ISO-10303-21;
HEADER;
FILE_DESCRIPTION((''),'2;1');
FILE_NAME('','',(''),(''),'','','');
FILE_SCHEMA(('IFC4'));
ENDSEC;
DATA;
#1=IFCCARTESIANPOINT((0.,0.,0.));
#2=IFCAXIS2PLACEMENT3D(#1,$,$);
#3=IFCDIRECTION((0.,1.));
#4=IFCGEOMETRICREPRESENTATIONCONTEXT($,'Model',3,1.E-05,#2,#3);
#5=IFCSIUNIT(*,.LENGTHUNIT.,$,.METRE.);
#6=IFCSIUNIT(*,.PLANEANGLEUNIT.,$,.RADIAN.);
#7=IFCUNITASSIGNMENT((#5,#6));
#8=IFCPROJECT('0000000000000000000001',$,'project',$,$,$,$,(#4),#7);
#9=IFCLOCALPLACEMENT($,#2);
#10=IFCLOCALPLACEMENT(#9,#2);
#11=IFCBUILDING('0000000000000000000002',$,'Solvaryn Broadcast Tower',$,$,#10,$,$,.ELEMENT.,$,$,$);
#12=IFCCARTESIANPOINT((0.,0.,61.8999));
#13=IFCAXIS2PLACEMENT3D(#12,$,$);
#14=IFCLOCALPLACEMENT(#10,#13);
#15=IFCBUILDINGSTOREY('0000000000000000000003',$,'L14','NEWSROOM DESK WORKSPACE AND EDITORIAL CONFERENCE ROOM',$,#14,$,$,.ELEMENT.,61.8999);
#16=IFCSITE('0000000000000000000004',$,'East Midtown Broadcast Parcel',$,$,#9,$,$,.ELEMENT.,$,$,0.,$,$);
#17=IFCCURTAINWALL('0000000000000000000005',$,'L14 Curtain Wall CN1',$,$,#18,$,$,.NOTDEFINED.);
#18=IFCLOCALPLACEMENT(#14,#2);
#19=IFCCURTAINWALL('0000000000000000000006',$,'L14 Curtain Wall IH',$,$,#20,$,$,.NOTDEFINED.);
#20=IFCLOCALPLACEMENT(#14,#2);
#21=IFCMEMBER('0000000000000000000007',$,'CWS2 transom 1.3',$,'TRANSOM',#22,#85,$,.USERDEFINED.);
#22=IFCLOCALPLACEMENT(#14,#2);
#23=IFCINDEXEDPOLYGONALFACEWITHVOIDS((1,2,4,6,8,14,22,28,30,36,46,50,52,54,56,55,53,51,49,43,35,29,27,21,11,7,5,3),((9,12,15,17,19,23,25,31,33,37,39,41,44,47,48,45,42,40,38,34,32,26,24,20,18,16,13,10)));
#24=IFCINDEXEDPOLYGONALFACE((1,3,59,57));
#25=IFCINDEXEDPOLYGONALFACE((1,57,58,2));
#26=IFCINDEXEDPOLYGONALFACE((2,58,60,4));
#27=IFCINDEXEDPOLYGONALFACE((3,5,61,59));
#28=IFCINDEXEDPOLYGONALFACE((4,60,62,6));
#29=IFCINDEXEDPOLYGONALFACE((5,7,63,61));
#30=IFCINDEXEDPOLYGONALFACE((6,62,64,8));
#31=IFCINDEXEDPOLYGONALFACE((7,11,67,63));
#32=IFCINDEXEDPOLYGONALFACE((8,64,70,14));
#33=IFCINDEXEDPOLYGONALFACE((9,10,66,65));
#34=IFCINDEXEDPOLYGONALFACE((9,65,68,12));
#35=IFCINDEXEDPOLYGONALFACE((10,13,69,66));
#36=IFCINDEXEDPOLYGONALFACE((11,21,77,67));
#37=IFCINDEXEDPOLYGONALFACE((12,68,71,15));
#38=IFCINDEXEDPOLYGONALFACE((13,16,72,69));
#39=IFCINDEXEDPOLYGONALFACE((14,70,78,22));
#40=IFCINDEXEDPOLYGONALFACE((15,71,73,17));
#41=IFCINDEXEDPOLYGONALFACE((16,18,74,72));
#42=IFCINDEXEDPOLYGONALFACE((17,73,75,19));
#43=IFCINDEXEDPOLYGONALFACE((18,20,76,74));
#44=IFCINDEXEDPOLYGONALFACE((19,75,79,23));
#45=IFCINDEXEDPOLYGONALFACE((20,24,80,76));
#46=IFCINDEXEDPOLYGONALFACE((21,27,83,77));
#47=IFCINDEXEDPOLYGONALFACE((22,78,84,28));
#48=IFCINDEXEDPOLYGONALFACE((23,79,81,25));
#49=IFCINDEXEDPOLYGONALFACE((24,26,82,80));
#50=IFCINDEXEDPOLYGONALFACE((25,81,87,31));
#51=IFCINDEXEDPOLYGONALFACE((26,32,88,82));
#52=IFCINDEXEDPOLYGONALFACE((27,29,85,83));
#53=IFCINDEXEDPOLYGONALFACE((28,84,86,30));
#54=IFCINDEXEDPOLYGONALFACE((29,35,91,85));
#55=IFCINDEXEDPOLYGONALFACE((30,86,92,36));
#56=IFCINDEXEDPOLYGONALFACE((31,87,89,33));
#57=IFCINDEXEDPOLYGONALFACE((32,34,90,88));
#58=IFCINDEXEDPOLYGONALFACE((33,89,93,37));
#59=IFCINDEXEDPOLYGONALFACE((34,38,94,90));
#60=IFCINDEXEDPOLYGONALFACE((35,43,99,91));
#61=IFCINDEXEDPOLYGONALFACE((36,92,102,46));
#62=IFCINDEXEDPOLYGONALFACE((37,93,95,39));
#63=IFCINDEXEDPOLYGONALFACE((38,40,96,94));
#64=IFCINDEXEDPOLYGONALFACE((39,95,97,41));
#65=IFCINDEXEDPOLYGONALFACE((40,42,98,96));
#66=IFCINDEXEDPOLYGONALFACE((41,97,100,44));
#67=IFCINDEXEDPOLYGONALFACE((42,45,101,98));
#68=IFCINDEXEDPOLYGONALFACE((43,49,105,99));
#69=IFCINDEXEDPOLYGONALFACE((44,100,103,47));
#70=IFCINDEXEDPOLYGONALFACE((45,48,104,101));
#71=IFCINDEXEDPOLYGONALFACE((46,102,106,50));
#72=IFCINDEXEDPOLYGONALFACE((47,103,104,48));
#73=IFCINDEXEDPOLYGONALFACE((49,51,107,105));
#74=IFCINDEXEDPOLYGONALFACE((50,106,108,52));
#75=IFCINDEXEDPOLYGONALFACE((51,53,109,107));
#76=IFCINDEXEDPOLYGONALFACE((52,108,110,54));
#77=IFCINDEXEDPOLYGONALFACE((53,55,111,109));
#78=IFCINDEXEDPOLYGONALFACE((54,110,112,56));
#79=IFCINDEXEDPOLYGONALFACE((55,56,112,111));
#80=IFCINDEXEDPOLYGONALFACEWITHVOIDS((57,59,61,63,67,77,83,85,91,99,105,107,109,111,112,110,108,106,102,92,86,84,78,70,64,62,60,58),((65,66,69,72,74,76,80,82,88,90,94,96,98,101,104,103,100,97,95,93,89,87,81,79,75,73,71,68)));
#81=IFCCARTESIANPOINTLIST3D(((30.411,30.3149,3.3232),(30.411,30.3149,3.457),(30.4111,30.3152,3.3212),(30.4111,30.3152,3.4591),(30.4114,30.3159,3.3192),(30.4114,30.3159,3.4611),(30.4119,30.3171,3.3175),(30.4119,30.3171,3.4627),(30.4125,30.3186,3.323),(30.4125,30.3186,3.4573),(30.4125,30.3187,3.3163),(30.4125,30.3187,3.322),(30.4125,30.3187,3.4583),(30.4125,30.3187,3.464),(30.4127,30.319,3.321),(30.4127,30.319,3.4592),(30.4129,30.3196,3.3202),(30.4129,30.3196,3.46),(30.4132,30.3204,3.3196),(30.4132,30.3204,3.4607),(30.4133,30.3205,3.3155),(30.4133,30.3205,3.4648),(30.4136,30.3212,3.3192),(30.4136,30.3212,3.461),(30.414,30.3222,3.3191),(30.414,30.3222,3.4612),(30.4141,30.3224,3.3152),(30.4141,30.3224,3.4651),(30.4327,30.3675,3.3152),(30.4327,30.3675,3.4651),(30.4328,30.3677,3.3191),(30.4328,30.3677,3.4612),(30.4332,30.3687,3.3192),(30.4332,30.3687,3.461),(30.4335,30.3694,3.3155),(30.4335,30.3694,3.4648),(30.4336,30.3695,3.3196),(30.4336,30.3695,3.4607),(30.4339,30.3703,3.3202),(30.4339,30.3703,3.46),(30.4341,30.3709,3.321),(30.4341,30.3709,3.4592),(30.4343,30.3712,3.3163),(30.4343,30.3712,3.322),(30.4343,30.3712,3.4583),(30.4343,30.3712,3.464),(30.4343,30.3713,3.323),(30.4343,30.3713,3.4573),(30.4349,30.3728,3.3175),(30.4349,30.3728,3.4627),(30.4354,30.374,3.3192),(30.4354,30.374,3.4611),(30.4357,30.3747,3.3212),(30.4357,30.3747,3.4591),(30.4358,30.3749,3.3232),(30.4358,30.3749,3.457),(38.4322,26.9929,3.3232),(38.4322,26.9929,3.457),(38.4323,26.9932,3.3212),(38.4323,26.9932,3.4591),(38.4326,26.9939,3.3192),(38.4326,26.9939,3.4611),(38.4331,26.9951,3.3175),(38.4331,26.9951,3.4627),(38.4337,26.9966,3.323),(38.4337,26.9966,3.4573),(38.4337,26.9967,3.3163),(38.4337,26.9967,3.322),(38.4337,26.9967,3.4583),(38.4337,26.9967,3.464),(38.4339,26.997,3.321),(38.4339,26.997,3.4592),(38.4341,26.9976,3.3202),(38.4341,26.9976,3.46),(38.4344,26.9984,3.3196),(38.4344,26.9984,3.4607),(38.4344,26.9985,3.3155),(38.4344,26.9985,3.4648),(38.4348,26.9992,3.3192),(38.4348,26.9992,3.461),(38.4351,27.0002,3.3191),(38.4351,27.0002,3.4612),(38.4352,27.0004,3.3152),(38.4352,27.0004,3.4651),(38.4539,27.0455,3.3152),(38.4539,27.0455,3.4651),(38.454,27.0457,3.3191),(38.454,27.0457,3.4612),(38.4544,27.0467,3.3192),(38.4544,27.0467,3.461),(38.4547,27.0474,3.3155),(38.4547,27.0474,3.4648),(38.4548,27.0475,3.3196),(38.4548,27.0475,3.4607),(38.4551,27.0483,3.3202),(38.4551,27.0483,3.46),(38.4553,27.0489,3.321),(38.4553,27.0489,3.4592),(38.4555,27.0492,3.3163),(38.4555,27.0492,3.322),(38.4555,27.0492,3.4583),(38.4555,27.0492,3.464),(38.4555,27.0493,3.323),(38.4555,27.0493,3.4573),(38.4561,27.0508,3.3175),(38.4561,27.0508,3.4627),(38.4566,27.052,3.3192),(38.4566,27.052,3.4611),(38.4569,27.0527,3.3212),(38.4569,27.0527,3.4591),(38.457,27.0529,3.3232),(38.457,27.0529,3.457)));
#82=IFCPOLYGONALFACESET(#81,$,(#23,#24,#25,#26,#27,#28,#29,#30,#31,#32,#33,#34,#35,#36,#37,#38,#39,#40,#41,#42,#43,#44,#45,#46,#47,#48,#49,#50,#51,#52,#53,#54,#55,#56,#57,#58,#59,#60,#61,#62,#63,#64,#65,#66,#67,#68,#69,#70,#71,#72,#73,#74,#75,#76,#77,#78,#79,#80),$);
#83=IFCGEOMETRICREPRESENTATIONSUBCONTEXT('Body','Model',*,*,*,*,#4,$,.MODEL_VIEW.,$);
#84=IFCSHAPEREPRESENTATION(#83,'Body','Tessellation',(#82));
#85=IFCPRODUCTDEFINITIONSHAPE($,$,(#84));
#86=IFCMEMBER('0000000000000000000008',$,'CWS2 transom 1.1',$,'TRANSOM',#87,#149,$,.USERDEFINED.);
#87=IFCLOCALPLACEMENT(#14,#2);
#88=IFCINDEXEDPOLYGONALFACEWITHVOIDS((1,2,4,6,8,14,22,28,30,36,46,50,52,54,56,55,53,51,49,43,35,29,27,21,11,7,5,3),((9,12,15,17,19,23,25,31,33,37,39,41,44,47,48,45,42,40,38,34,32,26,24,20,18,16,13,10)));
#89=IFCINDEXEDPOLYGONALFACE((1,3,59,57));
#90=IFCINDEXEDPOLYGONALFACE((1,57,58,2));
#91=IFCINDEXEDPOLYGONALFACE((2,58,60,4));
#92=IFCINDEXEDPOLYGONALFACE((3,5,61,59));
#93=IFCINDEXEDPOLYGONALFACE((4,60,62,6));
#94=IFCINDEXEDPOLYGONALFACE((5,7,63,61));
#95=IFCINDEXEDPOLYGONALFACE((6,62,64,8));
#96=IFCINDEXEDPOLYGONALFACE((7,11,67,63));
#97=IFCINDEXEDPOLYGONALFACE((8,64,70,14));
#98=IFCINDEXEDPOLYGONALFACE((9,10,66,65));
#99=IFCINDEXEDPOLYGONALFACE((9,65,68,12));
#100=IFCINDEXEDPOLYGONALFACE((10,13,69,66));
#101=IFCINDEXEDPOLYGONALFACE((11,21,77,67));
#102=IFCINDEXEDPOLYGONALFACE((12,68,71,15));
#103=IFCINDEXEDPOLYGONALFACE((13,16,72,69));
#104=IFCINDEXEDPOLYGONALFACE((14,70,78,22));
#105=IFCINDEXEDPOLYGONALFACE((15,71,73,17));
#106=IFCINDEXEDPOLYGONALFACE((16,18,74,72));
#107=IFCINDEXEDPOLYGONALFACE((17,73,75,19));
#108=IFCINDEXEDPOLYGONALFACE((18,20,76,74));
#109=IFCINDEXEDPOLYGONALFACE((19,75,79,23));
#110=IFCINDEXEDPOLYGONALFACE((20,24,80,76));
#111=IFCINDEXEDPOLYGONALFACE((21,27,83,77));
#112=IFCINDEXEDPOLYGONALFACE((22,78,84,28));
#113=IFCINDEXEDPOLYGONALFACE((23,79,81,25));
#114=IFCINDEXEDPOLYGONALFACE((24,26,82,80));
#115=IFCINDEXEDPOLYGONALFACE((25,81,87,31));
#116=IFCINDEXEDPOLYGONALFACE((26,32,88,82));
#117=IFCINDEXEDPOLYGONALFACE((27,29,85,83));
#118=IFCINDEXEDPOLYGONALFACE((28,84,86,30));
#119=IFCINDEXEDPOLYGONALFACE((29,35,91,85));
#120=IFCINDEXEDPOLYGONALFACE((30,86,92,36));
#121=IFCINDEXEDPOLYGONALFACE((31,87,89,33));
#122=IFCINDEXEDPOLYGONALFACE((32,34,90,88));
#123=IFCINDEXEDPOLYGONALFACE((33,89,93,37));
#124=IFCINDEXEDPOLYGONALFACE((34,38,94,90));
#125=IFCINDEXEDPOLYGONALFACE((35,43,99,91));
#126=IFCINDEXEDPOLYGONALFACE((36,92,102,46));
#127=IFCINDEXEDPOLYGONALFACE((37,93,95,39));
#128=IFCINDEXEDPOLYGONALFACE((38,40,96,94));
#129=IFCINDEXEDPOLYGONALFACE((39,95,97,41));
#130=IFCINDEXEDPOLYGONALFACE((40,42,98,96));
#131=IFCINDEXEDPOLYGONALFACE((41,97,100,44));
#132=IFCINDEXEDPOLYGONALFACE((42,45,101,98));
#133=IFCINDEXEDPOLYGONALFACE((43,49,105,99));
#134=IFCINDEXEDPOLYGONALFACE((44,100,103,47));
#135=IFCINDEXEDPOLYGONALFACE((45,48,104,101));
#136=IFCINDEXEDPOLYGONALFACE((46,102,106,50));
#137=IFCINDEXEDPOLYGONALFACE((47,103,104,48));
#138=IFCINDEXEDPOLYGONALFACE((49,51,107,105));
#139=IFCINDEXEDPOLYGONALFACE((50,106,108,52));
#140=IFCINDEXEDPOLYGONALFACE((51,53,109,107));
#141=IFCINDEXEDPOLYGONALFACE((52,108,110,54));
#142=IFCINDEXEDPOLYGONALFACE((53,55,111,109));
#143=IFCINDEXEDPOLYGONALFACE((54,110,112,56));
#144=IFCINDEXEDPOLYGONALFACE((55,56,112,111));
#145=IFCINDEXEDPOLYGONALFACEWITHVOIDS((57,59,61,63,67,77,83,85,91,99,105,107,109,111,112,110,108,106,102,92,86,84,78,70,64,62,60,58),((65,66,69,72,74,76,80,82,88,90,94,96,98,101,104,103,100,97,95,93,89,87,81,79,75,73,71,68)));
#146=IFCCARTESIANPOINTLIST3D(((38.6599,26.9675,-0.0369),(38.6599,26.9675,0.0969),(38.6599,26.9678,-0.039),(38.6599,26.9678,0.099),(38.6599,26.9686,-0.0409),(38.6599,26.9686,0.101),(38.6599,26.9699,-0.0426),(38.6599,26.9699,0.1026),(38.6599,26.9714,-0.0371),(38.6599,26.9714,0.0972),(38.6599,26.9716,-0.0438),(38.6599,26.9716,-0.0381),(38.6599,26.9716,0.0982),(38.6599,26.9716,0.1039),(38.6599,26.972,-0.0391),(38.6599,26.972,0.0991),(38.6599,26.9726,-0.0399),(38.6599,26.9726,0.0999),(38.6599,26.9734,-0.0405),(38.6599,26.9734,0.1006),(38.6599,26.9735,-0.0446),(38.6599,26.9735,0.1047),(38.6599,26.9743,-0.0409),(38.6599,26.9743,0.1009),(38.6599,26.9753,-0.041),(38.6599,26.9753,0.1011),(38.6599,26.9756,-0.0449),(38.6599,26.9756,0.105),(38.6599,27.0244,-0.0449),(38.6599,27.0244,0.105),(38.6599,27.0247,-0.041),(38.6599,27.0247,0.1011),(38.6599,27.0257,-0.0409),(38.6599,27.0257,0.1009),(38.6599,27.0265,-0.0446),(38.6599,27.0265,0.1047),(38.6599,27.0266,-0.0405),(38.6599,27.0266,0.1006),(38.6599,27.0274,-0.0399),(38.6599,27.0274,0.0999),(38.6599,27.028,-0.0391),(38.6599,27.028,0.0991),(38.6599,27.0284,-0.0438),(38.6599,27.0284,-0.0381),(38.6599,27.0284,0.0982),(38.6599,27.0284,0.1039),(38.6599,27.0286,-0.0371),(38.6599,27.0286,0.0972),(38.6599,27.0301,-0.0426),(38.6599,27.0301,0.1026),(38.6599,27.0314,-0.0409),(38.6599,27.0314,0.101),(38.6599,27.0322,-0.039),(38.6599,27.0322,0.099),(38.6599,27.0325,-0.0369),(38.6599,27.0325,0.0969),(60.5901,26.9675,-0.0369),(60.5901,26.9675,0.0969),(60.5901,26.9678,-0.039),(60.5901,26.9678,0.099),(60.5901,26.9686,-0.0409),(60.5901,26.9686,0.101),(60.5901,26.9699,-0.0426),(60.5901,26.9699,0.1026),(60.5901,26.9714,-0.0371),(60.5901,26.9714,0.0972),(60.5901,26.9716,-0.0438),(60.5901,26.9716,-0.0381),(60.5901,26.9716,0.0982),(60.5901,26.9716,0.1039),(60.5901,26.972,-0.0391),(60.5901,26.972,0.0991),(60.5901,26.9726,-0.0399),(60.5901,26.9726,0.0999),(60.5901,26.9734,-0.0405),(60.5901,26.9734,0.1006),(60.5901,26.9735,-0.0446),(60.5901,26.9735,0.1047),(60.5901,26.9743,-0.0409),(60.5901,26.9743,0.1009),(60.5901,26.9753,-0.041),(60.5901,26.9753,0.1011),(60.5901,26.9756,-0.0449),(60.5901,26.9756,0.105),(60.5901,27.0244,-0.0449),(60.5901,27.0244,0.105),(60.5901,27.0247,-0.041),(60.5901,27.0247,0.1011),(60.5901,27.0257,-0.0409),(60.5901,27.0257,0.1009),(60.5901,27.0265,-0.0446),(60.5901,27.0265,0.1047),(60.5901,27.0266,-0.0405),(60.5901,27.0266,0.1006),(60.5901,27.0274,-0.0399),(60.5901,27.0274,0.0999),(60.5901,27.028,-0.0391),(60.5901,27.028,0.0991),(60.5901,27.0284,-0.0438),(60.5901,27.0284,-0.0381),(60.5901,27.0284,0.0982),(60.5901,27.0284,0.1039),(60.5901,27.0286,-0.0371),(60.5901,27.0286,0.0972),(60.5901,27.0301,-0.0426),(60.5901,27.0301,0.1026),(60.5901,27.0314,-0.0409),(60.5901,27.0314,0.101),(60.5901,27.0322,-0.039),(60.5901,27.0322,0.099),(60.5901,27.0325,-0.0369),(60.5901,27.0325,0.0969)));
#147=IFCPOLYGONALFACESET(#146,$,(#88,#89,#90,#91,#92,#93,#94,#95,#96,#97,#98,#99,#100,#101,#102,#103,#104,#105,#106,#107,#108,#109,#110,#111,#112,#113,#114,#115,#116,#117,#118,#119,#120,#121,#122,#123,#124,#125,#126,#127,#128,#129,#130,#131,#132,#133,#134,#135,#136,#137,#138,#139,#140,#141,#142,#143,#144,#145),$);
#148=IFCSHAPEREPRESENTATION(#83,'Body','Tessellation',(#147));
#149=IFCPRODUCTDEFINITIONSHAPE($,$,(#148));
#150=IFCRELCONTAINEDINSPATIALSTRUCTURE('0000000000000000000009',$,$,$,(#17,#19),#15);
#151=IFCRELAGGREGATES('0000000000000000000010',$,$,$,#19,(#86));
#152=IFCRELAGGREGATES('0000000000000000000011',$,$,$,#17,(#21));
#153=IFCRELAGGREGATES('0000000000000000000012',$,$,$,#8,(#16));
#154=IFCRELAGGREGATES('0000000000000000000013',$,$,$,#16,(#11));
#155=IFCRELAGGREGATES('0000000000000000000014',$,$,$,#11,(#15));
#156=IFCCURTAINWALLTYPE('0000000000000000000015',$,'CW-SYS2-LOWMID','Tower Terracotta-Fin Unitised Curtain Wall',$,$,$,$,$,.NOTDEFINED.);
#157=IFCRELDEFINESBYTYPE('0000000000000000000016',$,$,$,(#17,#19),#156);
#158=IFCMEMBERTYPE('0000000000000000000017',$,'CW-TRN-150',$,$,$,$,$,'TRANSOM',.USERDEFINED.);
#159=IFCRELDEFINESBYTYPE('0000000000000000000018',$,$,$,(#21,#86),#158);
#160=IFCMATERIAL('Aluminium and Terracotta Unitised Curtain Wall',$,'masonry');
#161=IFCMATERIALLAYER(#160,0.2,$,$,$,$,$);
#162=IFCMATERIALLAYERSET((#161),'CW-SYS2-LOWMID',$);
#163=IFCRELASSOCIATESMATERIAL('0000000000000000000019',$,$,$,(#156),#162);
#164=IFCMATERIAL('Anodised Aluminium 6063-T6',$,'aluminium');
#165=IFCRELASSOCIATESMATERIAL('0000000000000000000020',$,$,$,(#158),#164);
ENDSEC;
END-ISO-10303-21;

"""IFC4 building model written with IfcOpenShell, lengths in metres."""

from ifc_helpers import new_model, si_unit, direction, frame, origin, origin_2d, place, context, subcontext, project, spatial, hollow_rectangle, extrude, material, layer, layer_set, material_profile, profile_set, type_object, element, aggregate, save


model = new_model("IFC4")

# Units and contexts
model_context = context("Model", 3, precision=1e-05, world=origin(), true_north=direction((0.0, 1.0)))
body_context = subcontext(model_context, "Body", "Model", "MODEL_VIEW")
ifc_project = project(units=[si_unit("LENGTHUNIT", "METRE"), si_unit("PLANEANGLEUNIT", "RADIAN")], contexts=[model_context])

# Site, building, storey
site_placement = place(None, origin())
site = spatial("IfcSite", under=ifc_project, at=site_placement, Name="East Midtown Broadcast Parcel", CompositionType="ELEMENT", RefElevation=0.0)
building_placement = place(site_placement, origin())
building = spatial("IfcBuilding", under=site, at=building_placement, Name="Solvaryn Broadcast Tower", CompositionType="ELEMENT")
storey_placement = place(building_placement, frame((0.0, 0.0, 61.8999)))
storey = spatial("IfcBuildingStorey", under=building, at=storey_placement, Name="L14", Description="NEWSROOM DESK WORKSPACE AND EDITORIAL CONFERENCE ROOM", CompositionType="ELEMENT", Elevation=61.8999)

# Curtain walls
ifc_material_1 = material(Name="Aluminium and Terracotta Unitised Curtain Wall", Category="masonry")
ifc_layer_1 = layer(ifc_material_1, 0.2)
ifc_layer_set_1 = layer_set([ifc_layer_1], Name="CW-SYS2-LOWMID")
curtain_wall_type = type_object("IfcCurtainWallType", Name="CW-SYS2-LOWMID", Description="Tower Terracotta-Fin Unitised Curtain Wall", PredefinedType="NOTDEFINED", material=ifc_layer_set_1)
curtain_wall_1_placement = place(storey_placement, origin())
curtain_wall_1 = element("IfcCurtainWall", 1, at=curtain_wall_1_placement, inside=storey, type_object=curtain_wall_type, Name="L14 Curtain Wall CN1", PredefinedType="NOTDEFINED")
curtain_wall_2_placement = place(storey_placement, origin())
curtain_wall_2 = element("IfcCurtainWall", 2, at=curtain_wall_2_placement, inside=storey, type_object=curtain_wall_type, Name="L14 Curtain Wall IH", PredefinedType="NOTDEFINED")

# Members
ifc_material_2 = material(Name="Anodised Aluminium 6063-T6", Category="aluminium")
ifc_material_profile_1 = material_profile(ifc_material_2, hollow_rectangle(XDim=0.0649, YDim=0.1499, WallThickness=0.0039, InnerFilletRadius=0.0039, OuterFilletRadius=0.0081, at=origin_2d()))
ifc_profile_set_1 = profile_set([ifc_material_profile_1], Name="Anodised Aluminium 6063-T6")
member_type_1 = type_object("IfcMemberType", Name="CW-TRN-150", ElementType="TRANSOM", PredefinedType="USERDEFINED", material=ifc_profile_set_1)
member_1_placement = place(storey_placement, frame((38.4446, 27.0229, 3.3901), z_axis=(-0.923899, 0.382636, 0.0), x_axis=(-0.382636, -0.923899, 0.0)))
member_1 = element("IfcMember", 3, at=member_1_placement, type_object=member_type_1, Name="CWS2 transom 1.3", ObjectType="TRANSOM", PredefinedType="USERDEFINED", context=body_context, shape_type="SweptSolid", body=[
    extrude(hollow_rectangle(XDim=0.0649, YDim=0.1499, WallThickness=0.0039, InnerFilletRadius=0.0039, OuterFilletRadius=0.0081, at=origin_2d()), origin(), (0.0, 0.0, 1.0), 8.6819),
])
member_2_placement = place(storey_placement, frame((38.6599, 27.0, 0.03), z_axis=(1.0, 0.0, 0.0), x_axis=(0.0, 1.0, 0.0)))
member_2 = element("IfcMember", 4, at=member_2_placement, type_object=member_type_1, Name="CWS2 transom 1.1", ObjectType="TRANSOM", PredefinedType="USERDEFINED", context=body_context, shape_type="SweptSolid", body=[
    extrude(hollow_rectangle(XDim=0.0649, YDim=0.1499, WallThickness=0.0039, InnerFilletRadius=0.0039, OuterFilletRadius=0.0081, at=origin_2d()), origin(), (0.0, 0.0, 1.0), 21.9302),
])
aggregate(curtain_wall_2, [member_2])

aggregate(curtain_wall_1, [member_1])

save(model, "model.ifc")
